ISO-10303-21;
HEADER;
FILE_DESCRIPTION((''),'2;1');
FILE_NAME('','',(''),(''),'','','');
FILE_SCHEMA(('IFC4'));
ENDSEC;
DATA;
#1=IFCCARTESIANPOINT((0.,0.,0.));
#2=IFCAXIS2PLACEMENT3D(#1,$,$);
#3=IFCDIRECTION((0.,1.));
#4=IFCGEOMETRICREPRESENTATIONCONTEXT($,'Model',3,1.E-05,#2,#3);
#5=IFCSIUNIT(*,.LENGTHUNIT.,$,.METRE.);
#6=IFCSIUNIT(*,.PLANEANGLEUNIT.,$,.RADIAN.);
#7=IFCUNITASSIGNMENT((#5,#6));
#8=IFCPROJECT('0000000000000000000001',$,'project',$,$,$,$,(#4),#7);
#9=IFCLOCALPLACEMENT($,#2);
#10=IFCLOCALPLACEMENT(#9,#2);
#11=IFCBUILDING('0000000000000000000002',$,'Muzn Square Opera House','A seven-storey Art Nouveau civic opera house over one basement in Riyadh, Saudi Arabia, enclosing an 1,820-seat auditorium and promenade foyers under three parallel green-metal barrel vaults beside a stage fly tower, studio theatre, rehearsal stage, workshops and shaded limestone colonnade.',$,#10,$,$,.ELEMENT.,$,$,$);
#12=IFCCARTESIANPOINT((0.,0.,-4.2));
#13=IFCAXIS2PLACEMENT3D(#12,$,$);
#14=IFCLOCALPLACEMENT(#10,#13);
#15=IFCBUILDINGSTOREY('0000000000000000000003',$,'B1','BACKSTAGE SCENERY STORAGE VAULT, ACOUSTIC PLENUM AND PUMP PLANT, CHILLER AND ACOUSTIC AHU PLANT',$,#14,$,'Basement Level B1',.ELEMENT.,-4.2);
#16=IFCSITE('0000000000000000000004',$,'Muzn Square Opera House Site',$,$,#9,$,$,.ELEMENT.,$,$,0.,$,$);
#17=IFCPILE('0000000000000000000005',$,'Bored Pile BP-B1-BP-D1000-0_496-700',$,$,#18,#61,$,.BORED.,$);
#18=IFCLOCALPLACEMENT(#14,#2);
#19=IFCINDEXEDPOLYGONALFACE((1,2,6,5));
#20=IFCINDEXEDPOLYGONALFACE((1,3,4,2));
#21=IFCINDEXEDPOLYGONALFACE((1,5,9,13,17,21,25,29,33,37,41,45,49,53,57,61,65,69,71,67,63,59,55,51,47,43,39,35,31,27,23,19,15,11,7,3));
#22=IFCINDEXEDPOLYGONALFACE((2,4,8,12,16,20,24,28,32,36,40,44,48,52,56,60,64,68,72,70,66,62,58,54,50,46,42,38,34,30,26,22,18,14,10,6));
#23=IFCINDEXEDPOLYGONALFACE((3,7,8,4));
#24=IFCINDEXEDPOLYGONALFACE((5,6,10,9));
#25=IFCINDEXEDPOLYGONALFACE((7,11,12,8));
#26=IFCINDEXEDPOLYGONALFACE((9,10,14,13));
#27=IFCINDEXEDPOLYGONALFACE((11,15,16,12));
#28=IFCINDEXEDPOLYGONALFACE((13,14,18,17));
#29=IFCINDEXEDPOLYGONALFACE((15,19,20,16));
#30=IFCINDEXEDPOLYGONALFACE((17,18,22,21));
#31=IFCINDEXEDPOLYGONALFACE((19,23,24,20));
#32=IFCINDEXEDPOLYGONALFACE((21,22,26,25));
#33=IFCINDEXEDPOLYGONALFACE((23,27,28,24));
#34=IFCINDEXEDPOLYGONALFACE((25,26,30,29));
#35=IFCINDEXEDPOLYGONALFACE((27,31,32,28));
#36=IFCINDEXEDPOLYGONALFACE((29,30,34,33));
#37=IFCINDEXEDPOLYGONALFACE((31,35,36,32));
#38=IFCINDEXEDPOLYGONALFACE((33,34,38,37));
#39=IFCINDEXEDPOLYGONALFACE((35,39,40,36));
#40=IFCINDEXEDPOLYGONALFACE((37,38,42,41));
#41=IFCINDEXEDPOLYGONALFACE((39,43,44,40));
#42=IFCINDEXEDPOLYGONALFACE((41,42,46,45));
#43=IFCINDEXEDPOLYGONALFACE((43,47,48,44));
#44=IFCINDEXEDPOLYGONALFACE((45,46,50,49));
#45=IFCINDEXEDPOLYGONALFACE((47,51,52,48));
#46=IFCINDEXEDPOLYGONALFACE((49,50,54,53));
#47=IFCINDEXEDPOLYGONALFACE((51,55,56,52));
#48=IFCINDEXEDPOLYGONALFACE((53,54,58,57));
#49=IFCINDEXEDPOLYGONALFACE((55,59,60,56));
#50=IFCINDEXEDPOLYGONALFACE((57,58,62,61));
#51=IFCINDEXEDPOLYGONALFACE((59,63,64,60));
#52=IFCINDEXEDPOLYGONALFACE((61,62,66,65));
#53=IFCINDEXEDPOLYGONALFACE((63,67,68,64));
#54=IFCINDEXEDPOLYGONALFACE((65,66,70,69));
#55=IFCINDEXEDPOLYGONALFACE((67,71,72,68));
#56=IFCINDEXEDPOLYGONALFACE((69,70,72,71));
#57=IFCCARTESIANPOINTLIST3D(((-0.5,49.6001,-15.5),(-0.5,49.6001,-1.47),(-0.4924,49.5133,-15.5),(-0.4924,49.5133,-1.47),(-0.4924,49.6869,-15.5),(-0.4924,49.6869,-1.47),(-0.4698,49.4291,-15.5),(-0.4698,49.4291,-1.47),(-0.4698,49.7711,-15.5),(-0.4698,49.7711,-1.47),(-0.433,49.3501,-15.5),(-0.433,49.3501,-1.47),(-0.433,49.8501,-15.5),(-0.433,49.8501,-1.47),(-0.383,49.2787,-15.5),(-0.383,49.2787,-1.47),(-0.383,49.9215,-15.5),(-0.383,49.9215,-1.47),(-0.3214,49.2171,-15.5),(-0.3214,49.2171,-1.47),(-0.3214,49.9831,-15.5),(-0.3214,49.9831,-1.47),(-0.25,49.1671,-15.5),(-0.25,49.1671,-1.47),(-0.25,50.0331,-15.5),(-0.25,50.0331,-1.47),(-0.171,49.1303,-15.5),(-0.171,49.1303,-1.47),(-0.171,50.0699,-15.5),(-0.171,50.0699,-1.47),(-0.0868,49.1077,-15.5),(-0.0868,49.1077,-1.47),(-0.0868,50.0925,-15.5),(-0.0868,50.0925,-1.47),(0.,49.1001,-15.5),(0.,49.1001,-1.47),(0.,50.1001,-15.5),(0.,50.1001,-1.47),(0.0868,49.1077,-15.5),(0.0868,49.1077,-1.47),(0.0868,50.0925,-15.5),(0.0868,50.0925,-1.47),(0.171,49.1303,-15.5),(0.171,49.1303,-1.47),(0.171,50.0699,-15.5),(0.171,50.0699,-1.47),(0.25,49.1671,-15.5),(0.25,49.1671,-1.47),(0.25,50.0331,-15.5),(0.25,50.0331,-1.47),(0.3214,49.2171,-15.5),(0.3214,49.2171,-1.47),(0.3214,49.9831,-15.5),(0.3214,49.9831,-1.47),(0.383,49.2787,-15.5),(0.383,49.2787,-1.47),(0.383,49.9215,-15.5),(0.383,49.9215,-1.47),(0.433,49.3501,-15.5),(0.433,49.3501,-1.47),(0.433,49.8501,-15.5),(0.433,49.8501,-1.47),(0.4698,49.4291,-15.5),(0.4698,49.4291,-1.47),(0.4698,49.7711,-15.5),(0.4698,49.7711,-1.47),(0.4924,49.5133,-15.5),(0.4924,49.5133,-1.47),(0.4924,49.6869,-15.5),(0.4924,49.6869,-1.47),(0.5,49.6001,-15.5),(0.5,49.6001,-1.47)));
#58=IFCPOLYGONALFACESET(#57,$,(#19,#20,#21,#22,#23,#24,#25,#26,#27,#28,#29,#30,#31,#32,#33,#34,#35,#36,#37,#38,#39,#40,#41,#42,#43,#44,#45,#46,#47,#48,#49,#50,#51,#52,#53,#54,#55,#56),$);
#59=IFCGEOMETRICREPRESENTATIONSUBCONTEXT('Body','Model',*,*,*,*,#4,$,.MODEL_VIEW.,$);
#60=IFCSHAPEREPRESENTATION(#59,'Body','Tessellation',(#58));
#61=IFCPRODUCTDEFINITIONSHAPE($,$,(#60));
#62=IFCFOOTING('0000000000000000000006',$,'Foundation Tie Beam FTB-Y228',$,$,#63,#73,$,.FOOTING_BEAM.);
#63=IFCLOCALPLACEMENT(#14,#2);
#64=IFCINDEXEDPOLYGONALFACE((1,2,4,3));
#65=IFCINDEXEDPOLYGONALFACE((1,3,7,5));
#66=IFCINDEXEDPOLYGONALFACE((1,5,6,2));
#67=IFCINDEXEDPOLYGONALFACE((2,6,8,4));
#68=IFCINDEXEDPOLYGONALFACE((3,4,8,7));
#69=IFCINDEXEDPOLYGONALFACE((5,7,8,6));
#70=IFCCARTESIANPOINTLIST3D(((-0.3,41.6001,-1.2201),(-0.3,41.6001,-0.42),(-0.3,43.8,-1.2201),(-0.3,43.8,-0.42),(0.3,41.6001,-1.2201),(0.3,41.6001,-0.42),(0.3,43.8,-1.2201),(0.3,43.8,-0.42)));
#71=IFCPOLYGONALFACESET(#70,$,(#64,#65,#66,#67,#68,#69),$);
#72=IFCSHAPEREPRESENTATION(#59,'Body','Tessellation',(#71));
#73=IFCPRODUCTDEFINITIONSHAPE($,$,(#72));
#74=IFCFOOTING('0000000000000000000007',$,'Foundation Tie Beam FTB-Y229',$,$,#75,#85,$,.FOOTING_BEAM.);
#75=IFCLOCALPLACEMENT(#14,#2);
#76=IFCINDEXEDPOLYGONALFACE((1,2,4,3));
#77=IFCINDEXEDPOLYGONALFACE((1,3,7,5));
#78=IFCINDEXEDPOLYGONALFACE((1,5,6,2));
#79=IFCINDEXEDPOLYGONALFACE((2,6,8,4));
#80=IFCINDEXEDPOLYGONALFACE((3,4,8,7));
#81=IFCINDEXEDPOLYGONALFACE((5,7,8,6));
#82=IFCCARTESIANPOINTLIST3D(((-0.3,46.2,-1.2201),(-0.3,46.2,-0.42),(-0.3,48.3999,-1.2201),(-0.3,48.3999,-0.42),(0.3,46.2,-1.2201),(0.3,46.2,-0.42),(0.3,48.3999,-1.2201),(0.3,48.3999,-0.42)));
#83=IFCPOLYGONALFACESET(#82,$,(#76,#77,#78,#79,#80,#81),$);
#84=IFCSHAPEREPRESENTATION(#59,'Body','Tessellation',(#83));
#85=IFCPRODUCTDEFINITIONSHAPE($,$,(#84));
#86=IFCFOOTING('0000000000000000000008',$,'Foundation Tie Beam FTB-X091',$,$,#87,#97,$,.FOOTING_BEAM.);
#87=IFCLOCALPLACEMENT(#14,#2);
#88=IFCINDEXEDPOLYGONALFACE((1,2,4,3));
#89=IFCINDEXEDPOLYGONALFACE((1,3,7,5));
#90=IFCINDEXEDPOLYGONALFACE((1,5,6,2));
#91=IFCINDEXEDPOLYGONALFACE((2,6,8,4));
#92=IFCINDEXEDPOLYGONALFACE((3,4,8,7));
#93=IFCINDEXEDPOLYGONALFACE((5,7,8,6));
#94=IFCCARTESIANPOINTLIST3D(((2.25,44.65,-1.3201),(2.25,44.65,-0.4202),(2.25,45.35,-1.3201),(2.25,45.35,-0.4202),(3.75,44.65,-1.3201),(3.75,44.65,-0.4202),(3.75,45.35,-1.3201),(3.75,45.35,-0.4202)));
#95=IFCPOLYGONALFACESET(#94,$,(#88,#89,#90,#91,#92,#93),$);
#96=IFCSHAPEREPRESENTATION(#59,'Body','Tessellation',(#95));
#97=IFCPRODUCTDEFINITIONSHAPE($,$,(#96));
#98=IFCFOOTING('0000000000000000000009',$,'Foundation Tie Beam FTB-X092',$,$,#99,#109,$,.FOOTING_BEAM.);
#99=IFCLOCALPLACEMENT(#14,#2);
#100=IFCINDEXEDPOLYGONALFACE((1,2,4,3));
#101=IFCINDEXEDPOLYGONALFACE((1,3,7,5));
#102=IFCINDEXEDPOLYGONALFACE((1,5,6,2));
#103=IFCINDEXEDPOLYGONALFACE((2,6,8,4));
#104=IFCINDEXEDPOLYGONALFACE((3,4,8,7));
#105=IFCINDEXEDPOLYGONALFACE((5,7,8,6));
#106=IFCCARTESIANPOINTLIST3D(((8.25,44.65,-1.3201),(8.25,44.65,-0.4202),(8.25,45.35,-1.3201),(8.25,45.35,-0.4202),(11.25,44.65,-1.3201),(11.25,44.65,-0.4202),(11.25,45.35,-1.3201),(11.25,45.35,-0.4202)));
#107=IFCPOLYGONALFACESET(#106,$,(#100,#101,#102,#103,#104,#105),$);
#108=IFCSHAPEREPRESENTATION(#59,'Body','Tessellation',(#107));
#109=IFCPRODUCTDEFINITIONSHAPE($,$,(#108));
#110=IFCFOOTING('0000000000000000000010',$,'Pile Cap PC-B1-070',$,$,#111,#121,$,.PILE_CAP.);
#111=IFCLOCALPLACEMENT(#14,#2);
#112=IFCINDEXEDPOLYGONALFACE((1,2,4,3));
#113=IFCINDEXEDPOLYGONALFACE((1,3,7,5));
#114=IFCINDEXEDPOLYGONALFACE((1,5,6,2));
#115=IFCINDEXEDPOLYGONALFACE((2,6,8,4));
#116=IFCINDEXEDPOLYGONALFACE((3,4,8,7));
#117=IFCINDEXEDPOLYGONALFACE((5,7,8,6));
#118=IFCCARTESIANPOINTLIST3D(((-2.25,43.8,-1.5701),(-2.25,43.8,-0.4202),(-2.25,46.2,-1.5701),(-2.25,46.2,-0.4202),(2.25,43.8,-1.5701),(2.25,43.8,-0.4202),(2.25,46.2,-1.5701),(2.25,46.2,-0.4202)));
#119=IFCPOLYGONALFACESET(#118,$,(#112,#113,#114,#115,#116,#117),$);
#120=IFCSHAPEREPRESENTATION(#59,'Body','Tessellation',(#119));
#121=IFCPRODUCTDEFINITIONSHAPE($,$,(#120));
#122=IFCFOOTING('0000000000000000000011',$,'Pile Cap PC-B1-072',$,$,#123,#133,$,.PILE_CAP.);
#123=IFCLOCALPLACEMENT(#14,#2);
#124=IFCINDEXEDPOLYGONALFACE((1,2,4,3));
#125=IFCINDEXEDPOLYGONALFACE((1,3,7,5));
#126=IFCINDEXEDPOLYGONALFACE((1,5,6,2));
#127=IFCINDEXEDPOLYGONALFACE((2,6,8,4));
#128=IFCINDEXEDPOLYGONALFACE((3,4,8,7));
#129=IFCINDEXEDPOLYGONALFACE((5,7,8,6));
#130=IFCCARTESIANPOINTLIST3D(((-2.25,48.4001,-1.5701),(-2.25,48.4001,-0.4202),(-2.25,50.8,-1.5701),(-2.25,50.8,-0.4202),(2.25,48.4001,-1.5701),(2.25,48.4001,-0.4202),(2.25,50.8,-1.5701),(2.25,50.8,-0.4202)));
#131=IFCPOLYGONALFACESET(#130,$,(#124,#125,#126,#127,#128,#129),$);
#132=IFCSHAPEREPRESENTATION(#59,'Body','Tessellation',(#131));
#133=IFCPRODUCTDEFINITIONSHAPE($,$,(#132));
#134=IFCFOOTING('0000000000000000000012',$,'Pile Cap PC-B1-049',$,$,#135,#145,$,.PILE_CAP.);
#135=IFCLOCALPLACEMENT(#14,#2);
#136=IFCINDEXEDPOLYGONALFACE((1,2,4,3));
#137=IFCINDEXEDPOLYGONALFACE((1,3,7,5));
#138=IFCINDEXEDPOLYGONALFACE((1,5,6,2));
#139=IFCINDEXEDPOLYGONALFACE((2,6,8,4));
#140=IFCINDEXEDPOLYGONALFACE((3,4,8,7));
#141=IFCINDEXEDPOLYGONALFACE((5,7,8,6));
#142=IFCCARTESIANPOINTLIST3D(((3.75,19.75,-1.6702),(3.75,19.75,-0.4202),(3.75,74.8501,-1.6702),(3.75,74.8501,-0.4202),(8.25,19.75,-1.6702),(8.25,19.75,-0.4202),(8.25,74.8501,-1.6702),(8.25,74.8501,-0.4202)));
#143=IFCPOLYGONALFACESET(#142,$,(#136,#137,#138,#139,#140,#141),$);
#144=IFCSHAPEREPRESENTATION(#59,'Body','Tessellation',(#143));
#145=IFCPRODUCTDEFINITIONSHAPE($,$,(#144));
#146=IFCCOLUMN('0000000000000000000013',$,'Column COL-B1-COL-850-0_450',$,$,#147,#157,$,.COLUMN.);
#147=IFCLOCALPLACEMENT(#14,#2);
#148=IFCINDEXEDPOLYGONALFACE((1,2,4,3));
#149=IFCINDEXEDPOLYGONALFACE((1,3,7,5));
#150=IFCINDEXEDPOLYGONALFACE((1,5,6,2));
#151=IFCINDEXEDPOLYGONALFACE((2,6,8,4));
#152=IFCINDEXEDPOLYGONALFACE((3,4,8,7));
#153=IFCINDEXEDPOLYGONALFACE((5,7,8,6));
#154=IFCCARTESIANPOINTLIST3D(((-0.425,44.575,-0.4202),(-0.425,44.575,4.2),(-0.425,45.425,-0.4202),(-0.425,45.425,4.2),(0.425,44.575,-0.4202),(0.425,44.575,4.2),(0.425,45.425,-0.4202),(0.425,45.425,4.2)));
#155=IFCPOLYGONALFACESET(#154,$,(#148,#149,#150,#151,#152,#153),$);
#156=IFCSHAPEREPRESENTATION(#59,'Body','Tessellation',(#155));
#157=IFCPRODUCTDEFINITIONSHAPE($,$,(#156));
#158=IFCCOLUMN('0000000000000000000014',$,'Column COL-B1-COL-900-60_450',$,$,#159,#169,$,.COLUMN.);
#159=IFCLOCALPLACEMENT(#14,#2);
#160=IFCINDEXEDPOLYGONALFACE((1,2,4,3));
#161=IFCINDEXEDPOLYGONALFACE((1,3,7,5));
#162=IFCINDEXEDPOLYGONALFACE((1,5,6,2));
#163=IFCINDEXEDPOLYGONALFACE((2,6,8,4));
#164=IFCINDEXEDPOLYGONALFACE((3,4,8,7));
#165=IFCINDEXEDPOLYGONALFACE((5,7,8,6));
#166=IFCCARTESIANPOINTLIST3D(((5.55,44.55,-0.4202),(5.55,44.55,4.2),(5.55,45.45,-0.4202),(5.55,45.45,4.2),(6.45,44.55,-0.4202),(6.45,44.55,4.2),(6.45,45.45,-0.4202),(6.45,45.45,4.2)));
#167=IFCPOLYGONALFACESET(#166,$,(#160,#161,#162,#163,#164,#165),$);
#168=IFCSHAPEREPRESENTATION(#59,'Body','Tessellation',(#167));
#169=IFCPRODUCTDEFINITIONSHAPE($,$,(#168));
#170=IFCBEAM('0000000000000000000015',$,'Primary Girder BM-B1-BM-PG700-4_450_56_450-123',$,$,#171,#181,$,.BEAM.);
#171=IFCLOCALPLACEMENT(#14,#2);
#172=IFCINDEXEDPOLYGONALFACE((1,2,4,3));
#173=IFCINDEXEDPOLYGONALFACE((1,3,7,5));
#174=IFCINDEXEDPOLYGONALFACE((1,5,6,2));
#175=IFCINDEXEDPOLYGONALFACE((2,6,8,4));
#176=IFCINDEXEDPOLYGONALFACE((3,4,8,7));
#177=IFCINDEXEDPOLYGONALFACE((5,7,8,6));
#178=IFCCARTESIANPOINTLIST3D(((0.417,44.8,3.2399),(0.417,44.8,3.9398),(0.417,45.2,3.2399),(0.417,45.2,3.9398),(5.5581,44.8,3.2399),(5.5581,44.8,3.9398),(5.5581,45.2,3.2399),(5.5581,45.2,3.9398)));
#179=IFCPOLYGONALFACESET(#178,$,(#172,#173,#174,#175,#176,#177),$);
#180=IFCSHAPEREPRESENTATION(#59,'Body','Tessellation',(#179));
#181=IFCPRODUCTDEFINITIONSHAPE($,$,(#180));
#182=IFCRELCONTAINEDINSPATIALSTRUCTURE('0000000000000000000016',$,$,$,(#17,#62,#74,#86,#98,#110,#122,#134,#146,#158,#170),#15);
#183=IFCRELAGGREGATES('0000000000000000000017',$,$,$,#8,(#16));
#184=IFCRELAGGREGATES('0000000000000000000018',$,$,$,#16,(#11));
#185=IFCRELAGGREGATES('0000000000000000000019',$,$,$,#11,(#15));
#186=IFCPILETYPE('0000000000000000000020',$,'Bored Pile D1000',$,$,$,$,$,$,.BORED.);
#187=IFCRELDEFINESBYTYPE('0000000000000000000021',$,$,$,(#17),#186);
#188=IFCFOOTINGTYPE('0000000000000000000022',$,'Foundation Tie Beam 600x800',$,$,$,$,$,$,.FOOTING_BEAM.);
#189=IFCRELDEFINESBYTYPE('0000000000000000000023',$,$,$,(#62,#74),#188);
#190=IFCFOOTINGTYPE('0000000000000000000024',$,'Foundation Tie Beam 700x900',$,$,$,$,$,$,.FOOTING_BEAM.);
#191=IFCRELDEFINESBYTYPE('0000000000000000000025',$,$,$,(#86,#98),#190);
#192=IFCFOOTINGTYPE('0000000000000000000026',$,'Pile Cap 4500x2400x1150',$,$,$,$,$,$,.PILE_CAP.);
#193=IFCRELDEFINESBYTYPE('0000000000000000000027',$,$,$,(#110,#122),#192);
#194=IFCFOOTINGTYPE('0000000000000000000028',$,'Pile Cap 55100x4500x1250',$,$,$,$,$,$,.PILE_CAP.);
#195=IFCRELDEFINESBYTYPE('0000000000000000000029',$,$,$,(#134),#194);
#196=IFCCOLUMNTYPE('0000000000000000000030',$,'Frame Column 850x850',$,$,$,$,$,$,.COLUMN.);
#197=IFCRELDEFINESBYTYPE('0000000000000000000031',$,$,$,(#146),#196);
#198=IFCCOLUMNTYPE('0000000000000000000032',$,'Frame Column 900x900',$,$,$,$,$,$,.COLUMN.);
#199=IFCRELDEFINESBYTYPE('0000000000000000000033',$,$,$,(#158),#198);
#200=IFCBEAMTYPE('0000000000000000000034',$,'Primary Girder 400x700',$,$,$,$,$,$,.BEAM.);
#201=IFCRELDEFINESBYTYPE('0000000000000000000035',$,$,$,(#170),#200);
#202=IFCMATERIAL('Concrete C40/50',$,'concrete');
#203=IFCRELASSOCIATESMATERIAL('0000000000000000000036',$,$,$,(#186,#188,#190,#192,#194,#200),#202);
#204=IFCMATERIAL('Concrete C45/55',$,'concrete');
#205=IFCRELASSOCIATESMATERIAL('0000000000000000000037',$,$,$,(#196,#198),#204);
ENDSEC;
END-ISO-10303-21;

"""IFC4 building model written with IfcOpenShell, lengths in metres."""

from ifc_helpers import new_model, si_unit, direction, frame, origin, origin_2d, place, context, subcontext, project, spatial, rectangle, circle, extrude, material, material_profile, profile_set, type_object, element, save


model = new_model("IFC4")

# Units and contexts
model_context = context("Model", 3, precision=1e-05, world=origin(), true_north=direction((0.0, 1.0)))
body_context = subcontext(model_context, "Body", "Model", "MODEL_VIEW")
ifc_project = project(units=[si_unit("LENGTHUNIT", "METRE"), si_unit("PLANEANGLEUNIT", "RADIAN")], contexts=[model_context])

# Site, building, storey
site_placement = place(None, origin())
site = spatial("IfcSite", under=ifc_project, at=site_placement, Name="Muzn Square Opera House Site", CompositionType="ELEMENT", RefElevation=0.0)
building_placement = place(site_placement, origin())
building = spatial("IfcBuilding", under=site, at=building_placement, Name="Muzn Square Opera House", Description="A seven-storey Art Nouveau civic opera house over one basement in Riyadh, Saudi Arabia, enclosing an 1,820-seat auditorium and promenade foyers under three parallel green-metal barrel vaults beside a stage fly tower, studio theatre, rehearsal stage, workshops and shaded limestone colonnade.", CompositionType="ELEMENT")
storey_placement = place(building_placement, frame((0.0, 0.0, -4.2)))
storey = spatial("IfcBuildingStorey", under=building, at=storey_placement, Name="B1", Description="BACKSTAGE SCENERY STORAGE VAULT, ACOUSTIC PLENUM AND PUMP PLANT, CHILLER AND ACOUSTIC AHU PLANT", LongName="Basement Level B1", CompositionType="ELEMENT", Elevation=-4.2)

# Pile
ifc_material_1 = material(Name="Concrete C40/50", Category="concrete")
ifc_material_profile_1 = material_profile(ifc_material_1, circle(Radius=0.5, at=origin_2d()), Name="BORED PILE D1000", Category="concrete")
ifc_profile_set_1 = profile_set([ifc_material_profile_1], Name="Concrete C40/50")
pile_type = type_object("IfcPileType", Name="Bored Pile D1000", PredefinedType="BORED", material=ifc_profile_set_1)
for number, where, z_axis, x_axis, name in (
    (1, (0.0, 49.6001, -1.47), (0.0, 0.0, -1.0), (1.0, 0.0, 0.0), "Bored Pile BP-B1-BP-D1000-0_496-700"),
):
    element("IfcPile", number, at=place(storey_placement, frame(where, z_axis=z_axis, x_axis=x_axis)), inside=storey, type_object=pile_type, Name=name, PredefinedType="BORED", context=body_context, shape_type="SweptSolid", body=[
        extrude(circle(Radius=0.5, at=origin_2d()), origin(), (0.0, 0.0, 1.0), 14.03),
    ])

# Footings
ifc_material_profile_2 = material_profile(ifc_material_1, rectangle(XDim=0.6001, YDim=0.8, at=origin_2d()), Name="RCTB 600x800", Category="concrete")
ifc_profile_set_2 = profile_set([ifc_material_profile_2], Name="Concrete C40/50")
footing_type_1 = type_object("IfcFootingType", Name="Foundation Tie Beam 600x800", PredefinedType="FOOTING_BEAM", material=ifc_profile_set_2)
for number, where, z_axis, x_axis, name in (
    (2, (0.0, 41.6001, -0.8201), (0.0, 1.0, 0.0), (-1.0, 0.0, 0.0), "Foundation Tie Beam FTB-Y228"),
    (3, (0.0, 46.2, -0.8201), (0.0, 1.0, 0.0), (-1.0, 0.0, 0.0), "Foundation Tie Beam FTB-Y229"),
):
    element("IfcFooting", number, at=place(storey_placement, frame(where, z_axis=z_axis, x_axis=x_axis)), inside=storey, type_object=footing_type_1, Name=name, PredefinedType="FOOTING_BEAM", context=body_context, shape_type="SweptSolid", body=[
        extrude(rectangle(XDim=0.6001, YDim=0.8, at=origin_2d()), origin(), (0.0, 0.0, 1.0), 2.2),
    ])
ifc_material_profile_3 = material_profile(ifc_material_1, rectangle(XDim=0.7, YDim=0.8999, at=origin_2d()), Name="RCTB 700x900", Category="concrete")
ifc_profile_set_3 = profile_set([ifc_material_profile_3], Name="Concrete C40/50")
footing_type_2 = type_object("IfcFootingType", Name="Foundation Tie Beam 700x900", PredefinedType="FOOTING_BEAM", material=ifc_profile_set_3)
footing_1_placement = place(storey_placement, frame((2.25, 45.0, -0.8701), z_axis=(1.0, 0.0, 0.0), x_axis=(0.0, 1.0, 0.0)))
element("IfcFooting", 4, at=footing_1_placement, inside=storey, type_object=footing_type_2, Name="Foundation Tie Beam FTB-X091", PredefinedType="FOOTING_BEAM", context=body_context, shape_type="SweptSolid", body=[
    extrude(rectangle(XDim=0.7, YDim=0.8999, at=origin_2d()), origin(), (0.0, 0.0, 1.0), 1.5),
])
footing_2_placement = place(storey_placement, frame((8.25, 45.0, -0.8701), z_axis=(1.0, 0.0, 0.0), x_axis=(0.0, 1.0, 0.0)))
element("IfcFooting", 5, at=footing_2_placement, inside=storey, type_object=footing_type_2, Name="Foundation Tie Beam FTB-X092", PredefinedType="FOOTING_BEAM", context=body_context, shape_type="SweptSolid", body=[
    extrude(rectangle(XDim=0.7, YDim=0.8999, at=origin_2d()), origin(), (0.0, 0.0, 1.0), 3.0),
])
footing_type_3 = type_object("IfcFootingType", Name="Pile Cap 4500x2400x1150", PredefinedType="PILE_CAP", material=ifc_material_1)
for number, where, z_axis, x_axis, name in (
    (6, (0.0, 45.0, -1.5701), (0.0, 0.0, 1.0), (1.0, 0.0, 0.0), "Pile Cap PC-B1-070"),
    (7, (0.0, 49.6001, -1.5701), (0.0, 0.0, 1.0), (1.0, 0.0, 0.0), "Pile Cap PC-B1-072"),
):
    element("IfcFooting", number, at=place(storey_placement, frame(where, z_axis=z_axis, x_axis=x_axis)), inside=storey, type_object=footing_type_3, Name=name, PredefinedType="PILE_CAP", context=body_context, shape_type="SweptSolid", body=[
        extrude(rectangle(XDim=4.5, YDim=2.3999, at=origin_2d()), origin(), (0.0, 0.0, 1.0), 1.1499),
    ])
footing_type_4 = type_object("IfcFootingType", Name="Pile Cap 55100x4500x1250", PredefinedType="PILE_CAP", material=ifc_material_1)
footing_3_placement = place(storey_placement, frame((6.0, 47.3, -1.6702), z_axis=(0.0, 0.0, 1.0), x_axis=(1.0, 0.0, 0.0)))
element("IfcFooting", 8, at=footing_3_placement, inside=storey, type_object=footing_type_4, Name="Pile Cap PC-B1-049", PredefinedType="PILE_CAP", context=body_context, shape_type="SweptSolid", body=[
    extrude(rectangle(XDim=4.5, YDim=55.1001, at=origin_2d()), origin(), (0.0, 0.0, 1.0), 1.25),
])

# Columns
ifc_material_2 = material(Name="Concrete C45/55", Category="concrete")
ifc_material_profile_4 = material_profile(ifc_material_2, rectangle(XDim=0.8501, YDim=0.8501, at=origin_2d()), Name="RC 850x850", Category="concrete")
ifc_profile_set_4 = profile_set([ifc_material_profile_4], Name="Concrete C45/55")
column_type_1 = type_object("IfcColumnType", Name="Frame Column 850x850", PredefinedType="COLUMN", material=ifc_profile_set_4)
column_1_placement = place(storey_placement, frame((0.0, 45.0, -0.4202), z_axis=(0.0, 0.0, 1.0), x_axis=(1.0, 0.0, 0.0)))
element("IfcColumn", 9, at=column_1_placement, inside=storey, type_object=column_type_1, Name="Column COL-B1-COL-850-0_450", PredefinedType="COLUMN", context=body_context, shape_type="SweptSolid", body=[
    extrude(rectangle(XDim=0.8501, YDim=0.8501, at=origin_2d()), origin(), (0.0, 0.0, 1.0), 4.6201),
])
ifc_material_profile_5 = material_profile(ifc_material_2, rectangle(XDim=0.8999, YDim=0.8999, at=origin_2d()), Name="RC 900x900", Category="concrete")
ifc_profile_set_5 = profile_set([ifc_material_profile_5], Name="Concrete C45/55")
column_type_2 = type_object("IfcColumnType", Name="Frame Column 900x900", PredefinedType="COLUMN", material=ifc_profile_set_5)
column_2_placement = place(storey_placement, frame((6.0, 45.0, -0.4202), z_axis=(0.0, 0.0, 1.0), x_axis=(1.0, 0.0, 0.0)))
element("IfcColumn", 10, at=column_2_placement, inside=storey, type_object=column_type_2, Name="Column COL-B1-COL-900-60_450", PredefinedType="COLUMN", context=body_context, shape_type="SweptSolid", body=[
    extrude(rectangle(XDim=0.8999, YDim=0.8999, at=origin_2d()), origin(), (0.0, 0.0, 1.0), 4.6201),
])

# Beam
ifc_material_profile_6 = material_profile(ifc_material_1, rectangle(XDim=0.3999, YDim=0.7, at=origin_2d()), Name="RCB 400x700", Category="concrete")
ifc_profile_set_6 = profile_set([ifc_material_profile_6], Name="Concrete C40/50")
beam_type_1 = type_object("IfcBeamType", Name="Primary Girder 400x700", PredefinedType="BEAM", material=ifc_profile_set_6)
beam_1_placement = place(storey_placement, frame((0.417, 45.0, 3.5898), z_axis=(1.0, 0.0, 0.0), x_axis=(0.0, 1.0, 0.0)))
element("IfcBeam", 11, at=beam_1_placement, inside=storey, type_object=beam_type_1, Name="Primary Girder BM-B1-BM-PG700-4_450_56_450-123", PredefinedType="BEAM", context=body_context, shape_type="SweptSolid", body=[
    extrude(rectangle(XDim=0.3999, YDim=0.7, at=origin_2d()), origin(), (0.0, 0.0, 1.0), 5.1411),
])

save(model, "model.ifc")
